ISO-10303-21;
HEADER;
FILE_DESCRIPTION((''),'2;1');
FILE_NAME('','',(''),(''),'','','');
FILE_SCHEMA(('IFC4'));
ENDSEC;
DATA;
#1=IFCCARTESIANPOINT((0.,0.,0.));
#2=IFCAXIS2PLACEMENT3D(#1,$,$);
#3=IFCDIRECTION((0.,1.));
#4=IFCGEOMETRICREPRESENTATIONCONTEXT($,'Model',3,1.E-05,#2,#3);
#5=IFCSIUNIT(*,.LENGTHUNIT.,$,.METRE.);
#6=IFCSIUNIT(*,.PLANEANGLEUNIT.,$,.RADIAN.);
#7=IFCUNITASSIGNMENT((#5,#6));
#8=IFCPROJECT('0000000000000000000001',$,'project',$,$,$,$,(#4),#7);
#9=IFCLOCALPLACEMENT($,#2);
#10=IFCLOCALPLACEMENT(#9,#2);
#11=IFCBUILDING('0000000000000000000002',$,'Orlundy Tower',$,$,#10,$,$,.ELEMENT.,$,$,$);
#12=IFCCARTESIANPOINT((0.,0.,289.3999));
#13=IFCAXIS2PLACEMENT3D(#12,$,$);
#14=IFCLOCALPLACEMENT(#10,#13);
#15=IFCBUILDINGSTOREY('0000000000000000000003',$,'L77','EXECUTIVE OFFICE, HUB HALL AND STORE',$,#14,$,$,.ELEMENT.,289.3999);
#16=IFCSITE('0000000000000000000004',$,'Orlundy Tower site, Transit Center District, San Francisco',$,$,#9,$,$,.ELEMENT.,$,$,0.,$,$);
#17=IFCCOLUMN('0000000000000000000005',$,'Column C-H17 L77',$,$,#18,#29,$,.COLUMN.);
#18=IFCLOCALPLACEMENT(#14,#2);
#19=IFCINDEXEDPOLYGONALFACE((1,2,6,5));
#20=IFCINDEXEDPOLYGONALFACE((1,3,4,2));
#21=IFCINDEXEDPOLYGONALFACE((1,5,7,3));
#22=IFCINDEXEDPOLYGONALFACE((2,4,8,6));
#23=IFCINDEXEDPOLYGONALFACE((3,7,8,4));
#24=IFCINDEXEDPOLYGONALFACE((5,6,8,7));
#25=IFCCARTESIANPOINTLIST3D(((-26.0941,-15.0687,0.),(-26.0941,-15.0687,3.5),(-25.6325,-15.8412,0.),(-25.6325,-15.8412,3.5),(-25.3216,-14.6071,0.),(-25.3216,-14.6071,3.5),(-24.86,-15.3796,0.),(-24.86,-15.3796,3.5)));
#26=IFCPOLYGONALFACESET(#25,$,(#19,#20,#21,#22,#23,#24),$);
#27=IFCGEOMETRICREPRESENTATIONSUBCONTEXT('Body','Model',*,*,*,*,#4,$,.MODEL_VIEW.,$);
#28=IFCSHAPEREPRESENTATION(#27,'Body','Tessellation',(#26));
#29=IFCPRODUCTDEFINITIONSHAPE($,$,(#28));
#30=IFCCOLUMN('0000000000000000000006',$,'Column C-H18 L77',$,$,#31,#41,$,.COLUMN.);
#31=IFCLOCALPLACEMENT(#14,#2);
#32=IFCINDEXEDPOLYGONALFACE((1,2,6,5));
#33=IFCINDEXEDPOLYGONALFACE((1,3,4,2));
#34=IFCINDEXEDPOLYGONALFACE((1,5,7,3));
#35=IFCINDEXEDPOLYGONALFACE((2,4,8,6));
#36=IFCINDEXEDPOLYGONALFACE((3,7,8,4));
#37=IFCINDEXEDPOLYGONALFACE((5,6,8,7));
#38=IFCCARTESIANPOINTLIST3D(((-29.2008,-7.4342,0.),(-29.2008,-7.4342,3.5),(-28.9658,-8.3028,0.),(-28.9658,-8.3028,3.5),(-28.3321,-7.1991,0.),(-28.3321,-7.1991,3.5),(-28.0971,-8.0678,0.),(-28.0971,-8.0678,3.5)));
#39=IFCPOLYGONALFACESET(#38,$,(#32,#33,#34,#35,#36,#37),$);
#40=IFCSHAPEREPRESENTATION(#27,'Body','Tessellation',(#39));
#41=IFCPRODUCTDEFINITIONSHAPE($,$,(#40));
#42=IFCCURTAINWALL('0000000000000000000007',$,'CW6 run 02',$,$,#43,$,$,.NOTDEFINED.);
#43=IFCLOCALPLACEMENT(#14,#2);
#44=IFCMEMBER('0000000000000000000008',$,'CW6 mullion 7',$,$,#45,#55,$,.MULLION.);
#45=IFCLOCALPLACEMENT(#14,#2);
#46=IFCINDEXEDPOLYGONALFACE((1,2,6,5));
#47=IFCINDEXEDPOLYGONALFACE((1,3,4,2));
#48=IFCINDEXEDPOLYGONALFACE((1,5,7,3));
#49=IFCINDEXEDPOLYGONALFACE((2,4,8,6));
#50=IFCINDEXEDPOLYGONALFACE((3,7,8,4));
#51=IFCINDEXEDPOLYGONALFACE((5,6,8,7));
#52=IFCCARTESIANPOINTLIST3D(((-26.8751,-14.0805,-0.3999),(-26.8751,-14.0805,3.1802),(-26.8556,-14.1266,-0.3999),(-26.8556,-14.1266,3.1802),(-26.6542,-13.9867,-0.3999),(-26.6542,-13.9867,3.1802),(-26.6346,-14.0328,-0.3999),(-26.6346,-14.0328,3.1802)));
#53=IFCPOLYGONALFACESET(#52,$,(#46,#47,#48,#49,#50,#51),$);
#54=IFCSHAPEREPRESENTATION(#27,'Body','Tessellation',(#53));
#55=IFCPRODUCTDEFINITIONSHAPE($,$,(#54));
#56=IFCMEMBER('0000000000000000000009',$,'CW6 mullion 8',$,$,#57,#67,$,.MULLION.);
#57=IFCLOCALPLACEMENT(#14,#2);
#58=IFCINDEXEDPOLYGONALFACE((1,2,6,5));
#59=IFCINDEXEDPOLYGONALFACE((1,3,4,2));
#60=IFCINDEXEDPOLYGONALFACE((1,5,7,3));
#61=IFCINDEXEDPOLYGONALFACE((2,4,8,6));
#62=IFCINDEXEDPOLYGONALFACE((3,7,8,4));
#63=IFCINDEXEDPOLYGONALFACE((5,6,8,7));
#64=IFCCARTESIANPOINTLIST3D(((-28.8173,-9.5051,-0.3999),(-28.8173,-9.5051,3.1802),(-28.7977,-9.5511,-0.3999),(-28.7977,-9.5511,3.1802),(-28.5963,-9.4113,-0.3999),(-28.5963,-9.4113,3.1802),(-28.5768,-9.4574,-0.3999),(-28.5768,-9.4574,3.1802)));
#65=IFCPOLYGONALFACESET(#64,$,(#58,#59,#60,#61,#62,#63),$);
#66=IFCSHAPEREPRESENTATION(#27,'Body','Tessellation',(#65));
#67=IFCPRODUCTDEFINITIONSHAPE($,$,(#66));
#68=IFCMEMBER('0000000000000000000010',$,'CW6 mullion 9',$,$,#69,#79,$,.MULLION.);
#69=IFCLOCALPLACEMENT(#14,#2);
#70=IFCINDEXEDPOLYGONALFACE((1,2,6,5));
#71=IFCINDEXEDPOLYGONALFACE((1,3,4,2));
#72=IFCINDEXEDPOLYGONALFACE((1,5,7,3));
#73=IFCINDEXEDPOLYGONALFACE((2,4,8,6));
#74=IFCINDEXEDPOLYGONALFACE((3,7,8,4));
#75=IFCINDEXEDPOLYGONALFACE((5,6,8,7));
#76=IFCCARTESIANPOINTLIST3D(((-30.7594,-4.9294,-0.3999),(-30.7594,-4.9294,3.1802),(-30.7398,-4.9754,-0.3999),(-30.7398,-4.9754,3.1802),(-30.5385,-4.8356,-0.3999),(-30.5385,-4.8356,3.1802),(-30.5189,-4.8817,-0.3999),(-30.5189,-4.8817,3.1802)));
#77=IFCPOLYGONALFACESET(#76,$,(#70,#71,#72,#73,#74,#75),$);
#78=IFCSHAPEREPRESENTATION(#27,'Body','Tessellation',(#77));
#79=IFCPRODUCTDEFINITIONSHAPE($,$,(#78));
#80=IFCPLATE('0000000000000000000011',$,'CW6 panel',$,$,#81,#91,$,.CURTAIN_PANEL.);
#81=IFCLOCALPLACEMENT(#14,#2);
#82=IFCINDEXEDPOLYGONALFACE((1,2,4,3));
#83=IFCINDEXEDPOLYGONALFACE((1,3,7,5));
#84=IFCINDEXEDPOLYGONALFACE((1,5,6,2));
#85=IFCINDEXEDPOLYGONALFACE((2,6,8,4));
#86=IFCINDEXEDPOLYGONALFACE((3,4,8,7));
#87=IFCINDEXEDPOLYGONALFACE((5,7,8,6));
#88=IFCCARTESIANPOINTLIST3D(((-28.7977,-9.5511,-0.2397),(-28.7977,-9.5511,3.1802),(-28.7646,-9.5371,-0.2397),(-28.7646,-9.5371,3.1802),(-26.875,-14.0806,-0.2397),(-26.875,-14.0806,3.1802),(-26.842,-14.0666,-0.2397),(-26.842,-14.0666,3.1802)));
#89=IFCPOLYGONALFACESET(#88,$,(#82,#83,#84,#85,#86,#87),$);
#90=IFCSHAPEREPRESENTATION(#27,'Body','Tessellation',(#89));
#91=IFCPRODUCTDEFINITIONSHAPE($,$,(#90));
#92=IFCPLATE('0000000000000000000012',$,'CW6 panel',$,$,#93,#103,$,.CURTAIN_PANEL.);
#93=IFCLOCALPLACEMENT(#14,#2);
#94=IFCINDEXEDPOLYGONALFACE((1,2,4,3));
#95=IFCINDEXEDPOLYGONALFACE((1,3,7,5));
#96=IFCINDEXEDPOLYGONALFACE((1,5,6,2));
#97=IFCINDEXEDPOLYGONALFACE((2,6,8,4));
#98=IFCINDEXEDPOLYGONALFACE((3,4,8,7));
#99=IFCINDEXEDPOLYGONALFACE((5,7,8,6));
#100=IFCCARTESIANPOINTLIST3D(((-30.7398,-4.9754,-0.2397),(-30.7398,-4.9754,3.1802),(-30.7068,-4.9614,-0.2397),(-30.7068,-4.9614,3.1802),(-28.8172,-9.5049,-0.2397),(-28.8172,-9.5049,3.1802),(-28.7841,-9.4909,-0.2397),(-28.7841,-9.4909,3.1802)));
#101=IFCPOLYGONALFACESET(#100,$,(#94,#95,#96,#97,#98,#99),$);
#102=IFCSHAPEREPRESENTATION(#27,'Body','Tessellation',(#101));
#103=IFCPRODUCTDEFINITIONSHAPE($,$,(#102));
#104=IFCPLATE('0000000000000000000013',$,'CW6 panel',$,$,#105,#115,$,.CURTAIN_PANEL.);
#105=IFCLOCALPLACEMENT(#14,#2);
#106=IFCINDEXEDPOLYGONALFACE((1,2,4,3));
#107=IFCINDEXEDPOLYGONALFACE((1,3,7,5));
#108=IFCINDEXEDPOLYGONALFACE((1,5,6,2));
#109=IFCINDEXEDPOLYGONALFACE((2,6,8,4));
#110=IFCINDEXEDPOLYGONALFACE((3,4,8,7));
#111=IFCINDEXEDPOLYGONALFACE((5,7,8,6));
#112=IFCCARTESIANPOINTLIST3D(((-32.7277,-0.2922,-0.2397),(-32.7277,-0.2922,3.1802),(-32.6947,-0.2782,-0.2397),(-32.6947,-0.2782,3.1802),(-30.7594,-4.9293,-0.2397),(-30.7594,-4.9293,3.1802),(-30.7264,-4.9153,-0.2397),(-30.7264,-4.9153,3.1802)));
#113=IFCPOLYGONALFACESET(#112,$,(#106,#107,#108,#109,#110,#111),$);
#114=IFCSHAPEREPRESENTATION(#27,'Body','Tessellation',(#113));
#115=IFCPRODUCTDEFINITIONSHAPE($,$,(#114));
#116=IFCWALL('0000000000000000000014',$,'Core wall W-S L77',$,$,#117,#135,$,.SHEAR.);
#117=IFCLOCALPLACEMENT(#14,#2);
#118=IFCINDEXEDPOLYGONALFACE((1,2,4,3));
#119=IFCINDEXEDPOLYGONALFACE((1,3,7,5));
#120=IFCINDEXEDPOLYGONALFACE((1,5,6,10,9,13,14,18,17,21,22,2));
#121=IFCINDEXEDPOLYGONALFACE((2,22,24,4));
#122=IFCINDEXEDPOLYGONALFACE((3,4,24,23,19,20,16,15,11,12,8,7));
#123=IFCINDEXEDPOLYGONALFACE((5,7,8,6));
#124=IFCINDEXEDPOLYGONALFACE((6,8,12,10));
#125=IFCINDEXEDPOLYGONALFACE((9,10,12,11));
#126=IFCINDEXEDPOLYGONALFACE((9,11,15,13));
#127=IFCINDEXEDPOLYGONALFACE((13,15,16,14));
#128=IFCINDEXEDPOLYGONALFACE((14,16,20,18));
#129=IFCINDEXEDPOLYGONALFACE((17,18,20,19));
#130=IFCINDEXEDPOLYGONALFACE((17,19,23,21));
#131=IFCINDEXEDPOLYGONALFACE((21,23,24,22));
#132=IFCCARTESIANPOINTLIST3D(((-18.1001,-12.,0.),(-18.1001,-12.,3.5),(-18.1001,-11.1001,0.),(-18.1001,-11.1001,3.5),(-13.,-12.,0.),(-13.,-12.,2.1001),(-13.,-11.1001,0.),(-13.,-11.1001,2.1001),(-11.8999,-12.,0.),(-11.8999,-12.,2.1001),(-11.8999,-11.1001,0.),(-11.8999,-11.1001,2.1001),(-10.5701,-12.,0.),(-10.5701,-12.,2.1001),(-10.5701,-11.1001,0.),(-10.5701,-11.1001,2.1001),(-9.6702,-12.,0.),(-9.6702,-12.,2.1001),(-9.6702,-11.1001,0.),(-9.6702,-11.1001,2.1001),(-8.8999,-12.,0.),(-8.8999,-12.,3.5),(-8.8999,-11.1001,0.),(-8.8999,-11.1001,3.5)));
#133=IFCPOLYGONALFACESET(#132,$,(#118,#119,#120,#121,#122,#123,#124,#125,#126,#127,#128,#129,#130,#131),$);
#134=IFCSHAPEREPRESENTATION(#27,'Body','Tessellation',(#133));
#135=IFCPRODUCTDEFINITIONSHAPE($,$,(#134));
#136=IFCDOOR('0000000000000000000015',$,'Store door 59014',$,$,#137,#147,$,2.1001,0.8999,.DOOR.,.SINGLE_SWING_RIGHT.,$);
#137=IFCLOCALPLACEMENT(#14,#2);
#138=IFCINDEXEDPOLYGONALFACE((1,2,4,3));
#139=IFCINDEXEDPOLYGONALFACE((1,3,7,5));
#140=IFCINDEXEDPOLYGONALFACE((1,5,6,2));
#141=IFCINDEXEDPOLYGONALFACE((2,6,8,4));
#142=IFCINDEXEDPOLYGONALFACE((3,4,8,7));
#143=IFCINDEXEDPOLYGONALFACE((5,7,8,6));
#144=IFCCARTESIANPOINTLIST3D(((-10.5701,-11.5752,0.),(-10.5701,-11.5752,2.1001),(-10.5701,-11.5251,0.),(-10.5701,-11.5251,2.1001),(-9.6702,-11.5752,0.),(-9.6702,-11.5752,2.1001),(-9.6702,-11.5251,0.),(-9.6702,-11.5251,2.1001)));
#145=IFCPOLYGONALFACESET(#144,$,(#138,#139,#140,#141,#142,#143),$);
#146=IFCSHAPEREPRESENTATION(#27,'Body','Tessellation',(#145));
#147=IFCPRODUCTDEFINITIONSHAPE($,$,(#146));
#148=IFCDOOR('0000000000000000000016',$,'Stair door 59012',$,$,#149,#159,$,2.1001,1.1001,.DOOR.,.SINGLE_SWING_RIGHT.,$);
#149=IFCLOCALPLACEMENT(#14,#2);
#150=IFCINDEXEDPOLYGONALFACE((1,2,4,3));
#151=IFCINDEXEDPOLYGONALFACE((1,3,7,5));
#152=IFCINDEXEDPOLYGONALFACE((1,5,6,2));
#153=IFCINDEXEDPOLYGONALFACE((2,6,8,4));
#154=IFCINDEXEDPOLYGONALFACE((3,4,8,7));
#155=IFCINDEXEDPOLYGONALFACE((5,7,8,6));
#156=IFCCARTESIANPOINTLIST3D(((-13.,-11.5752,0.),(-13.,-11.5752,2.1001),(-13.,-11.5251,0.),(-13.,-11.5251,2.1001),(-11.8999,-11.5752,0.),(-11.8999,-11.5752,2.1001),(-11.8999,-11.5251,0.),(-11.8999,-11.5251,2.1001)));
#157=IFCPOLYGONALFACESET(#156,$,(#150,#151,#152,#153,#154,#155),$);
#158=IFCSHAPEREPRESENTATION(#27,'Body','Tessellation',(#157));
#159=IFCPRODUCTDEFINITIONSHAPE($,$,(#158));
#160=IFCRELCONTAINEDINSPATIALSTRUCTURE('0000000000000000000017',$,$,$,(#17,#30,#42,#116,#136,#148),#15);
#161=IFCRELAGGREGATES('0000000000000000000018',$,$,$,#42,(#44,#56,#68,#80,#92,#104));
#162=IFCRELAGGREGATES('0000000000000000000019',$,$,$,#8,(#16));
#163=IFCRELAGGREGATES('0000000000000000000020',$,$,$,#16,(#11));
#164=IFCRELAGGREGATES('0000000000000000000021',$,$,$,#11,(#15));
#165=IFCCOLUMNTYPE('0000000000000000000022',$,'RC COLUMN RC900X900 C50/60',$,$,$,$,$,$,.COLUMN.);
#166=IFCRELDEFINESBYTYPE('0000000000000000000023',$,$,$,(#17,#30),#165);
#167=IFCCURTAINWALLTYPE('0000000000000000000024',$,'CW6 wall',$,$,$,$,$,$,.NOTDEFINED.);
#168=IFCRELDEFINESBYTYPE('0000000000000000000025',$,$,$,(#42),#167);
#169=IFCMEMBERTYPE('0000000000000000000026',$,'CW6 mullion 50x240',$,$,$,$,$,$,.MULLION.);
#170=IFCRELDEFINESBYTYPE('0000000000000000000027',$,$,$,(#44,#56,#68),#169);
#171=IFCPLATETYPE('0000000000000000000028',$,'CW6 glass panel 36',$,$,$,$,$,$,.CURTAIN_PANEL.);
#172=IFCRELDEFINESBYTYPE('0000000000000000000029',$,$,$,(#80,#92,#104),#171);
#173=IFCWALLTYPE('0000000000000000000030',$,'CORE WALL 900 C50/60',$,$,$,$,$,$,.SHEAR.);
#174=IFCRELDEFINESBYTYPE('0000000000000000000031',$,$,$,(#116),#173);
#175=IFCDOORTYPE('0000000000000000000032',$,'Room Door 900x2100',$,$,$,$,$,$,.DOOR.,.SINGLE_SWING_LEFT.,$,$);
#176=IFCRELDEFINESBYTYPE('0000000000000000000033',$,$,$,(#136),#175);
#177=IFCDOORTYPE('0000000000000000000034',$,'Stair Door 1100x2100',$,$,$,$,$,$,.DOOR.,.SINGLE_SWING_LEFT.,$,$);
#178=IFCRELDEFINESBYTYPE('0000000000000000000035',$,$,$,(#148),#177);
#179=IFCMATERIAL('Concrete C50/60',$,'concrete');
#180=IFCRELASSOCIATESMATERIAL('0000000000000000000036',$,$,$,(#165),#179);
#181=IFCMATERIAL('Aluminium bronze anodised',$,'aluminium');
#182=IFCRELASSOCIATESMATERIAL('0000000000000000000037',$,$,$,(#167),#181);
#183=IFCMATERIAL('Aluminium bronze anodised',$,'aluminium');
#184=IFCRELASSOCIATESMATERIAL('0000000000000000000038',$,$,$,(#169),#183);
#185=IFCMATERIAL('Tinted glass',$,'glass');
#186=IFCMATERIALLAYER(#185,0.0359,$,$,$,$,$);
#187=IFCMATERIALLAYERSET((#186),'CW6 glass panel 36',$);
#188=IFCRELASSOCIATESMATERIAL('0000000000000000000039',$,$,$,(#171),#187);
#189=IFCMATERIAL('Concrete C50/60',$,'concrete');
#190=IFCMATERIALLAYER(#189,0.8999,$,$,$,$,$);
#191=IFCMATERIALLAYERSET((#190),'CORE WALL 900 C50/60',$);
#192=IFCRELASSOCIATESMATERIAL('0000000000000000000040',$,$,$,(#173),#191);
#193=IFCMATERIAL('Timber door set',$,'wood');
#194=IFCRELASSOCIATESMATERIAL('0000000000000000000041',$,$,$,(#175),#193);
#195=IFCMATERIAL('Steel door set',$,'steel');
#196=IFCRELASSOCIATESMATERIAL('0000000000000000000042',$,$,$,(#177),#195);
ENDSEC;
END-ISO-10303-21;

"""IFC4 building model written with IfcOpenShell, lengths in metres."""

from ifc_helpers import new_model, si_unit, direction, frame, frame_2d, origin, origin_2d, place, context, subcontext, project, spatial, rectangle, extrude, material, layer, layer_set, material_profile, profile_set, type_object, element, fill, aggregate, save


model = new_model("IFC4")

# Units and contexts
model_context = context("Model", 3, precision=1e-05, world=origin(), true_north=direction((0.0, 1.0)))
body_context = subcontext(model_context, "Body", "Model", "MODEL_VIEW")
ifc_project = project(units=[si_unit("LENGTHUNIT", "METRE"), si_unit("PLANEANGLEUNIT", "RADIAN")], contexts=[model_context])

# Site, building, storey
site_placement = place(None, origin())
site = spatial("IfcSite", under=ifc_project, at=site_placement, Name="Orlundy Tower site, Transit Center District, San Francisco", CompositionType="ELEMENT", RefElevation=0.0)
building_placement = place(site_placement, origin())
building = spatial("IfcBuilding", under=site, at=building_placement, Name="Orlundy Tower", CompositionType="ELEMENT")
storey_placement = place(building_placement, frame((0.0, 0.0, 289.3999)))
storey = spatial("IfcBuildingStorey", under=building, at=storey_placement, Name="L77", Description="EXECUTIVE OFFICE, HUB HALL AND STORE", CompositionType="ELEMENT", Elevation=289.3999)

# Columns
ifc_material_1 = material(Name="Concrete C50/60", Category="concrete")
ifc_material_profile_1 = material_profile(ifc_material_1, rectangle(XDim=0.8999, YDim=0.8999, at=origin_2d()), Name="RC900X900")
ifc_profile_set_1 = profile_set([ifc_material_profile_1], Name="Concrete C50/60")
column_type = type_object("IfcColumnType", Name="RC COLUMN RC900X900 C50/60", PredefinedType="COLUMN", material=ifc_profile_set_1)
for number, where, z_axis, x_axis, name in (
    (1, (-25.4771, -15.2241, 0.0), (0.0, 0.0, 1.0), (-0.858414, -0.512957, 0.0), "Column C-H17 L77"),
    (2, (-28.6489, -7.751, 0.0), (0.0, 0.0, 1.0), (-0.965295, -0.261162, 0.0), "Column C-H18 L77"),
):
    element("IfcColumn", number, at=place(storey_placement, frame(where, z_axis=z_axis, x_axis=x_axis)), inside=storey, type_object=column_type, Name=name, PredefinedType="COLUMN", context=body_context, shape_type="SweptSolid", body=[
        extrude(rectangle(XDim=0.8999, YDim=0.8999, at=origin_2d()), origin(), (0.0, 0.0, 1.0), 3.5),
    ])

# Curtain wall, members, plates
ifc_material_2 = material(Name="Aluminium bronze anodised", Category="aluminium")
curtain_wall_type = type_object("IfcCurtainWallType", Name="CW6 wall", PredefinedType="NOTDEFINED", material=ifc_material_2)
curtain_wall_placement = place(storey_placement, origin())
curtain_wall = element("IfcCurtainWall", 3, at=curtain_wall_placement, inside=storey, type_object=curtain_wall_type, Name="CW6 run 02", PredefinedType="NOTDEFINED")
ifc_material_3 = material(Name="Aluminium bronze anodised", Category="aluminium")
ifc_material_profile_2 = material_profile(ifc_material_3, rectangle(XDim=0.24, YDim=0.05, at=origin_2d()), Name="CW6 mullion 50x240")
ifc_profile_set_2 = profile_set([ifc_material_profile_2], Name="Aluminium bronze anodised")
member_type = type_object("IfcMemberType", Name="CW6 mullion 50x240", PredefinedType="MULLION", material=ifc_profile_set_2)
member_1_placement = place(storey_placement, frame((-26.7549, -14.0566, -0.3999), z_axis=(0.0, 0.0, 1.0), x_axis=(-0.920507, -0.390727, 0.0)))
member_1 = element("IfcMember", 4, at=member_1_placement, type_object=member_type, Name="CW6 mullion 7", PredefinedType="MULLION", context=body_context, shape_type="SweptSolid", body=[
    extrude(rectangle(XDim=0.24, YDim=0.05, at=origin_2d()), origin(), (0.0, 0.0, 1.0), 3.5801),
])
member_2_placement = place(storey_placement, frame((-28.697, -9.4812, -0.3999), z_axis=(0.0, 0.0, 1.0), x_axis=(-0.920507, -0.390727, 0.0)))
member_2 = element("IfcMember", 5, at=member_2_placement, type_object=member_type, Name="CW6 mullion 8", PredefinedType="MULLION", context=body_context, shape_type="SweptSolid", body=[
    extrude(rectangle(XDim=0.24, YDim=0.05, at=origin_2d()), origin(), (0.0, 0.0, 1.0), 3.5801),
])
member_3_placement = place(storey_placement, frame((-30.6392, -4.9055, -0.3999), z_axis=(0.0, 0.0, 1.0), x_axis=(-0.920507, -0.390727, 0.0)))
member_3 = element("IfcMember", 6, at=member_3_placement, type_object=member_type, Name="CW6 mullion 9", PredefinedType="MULLION", context=body_context, shape_type="SweptSolid", body=[
    extrude(rectangle(XDim=0.24, YDim=0.05, at=origin_2d()), origin(), (0.0, 0.0, 1.0), 3.5801),
])
ifc_material_4 = material(Name="Tinted glass", Category="glass")
ifc_layer_1 = layer(ifc_material_4, 0.0359)
ifc_layer_set_1 = layer_set([ifc_layer_1], Name="CW6 glass panel 36")
plate_type = type_object("IfcPlateType", Name="CW6 glass panel 36", PredefinedType="CURTAIN_PANEL", material=ifc_layer_set_1)
plate_1_placement = place(storey_placement, frame((-27.8198, -11.8088, -0.2397), z_axis=(0.0, 0.0, 1.0), x_axis=(-0.390727, 0.920507, 0.0)))
plate_1 = element("IfcPlate", 7, at=plate_1_placement, type_object=plate_type, Name="CW6 panel", PredefinedType="CURTAIN_PANEL", context=body_context, shape_type="SweptSolid", body=[
    extrude(rectangle(XDim=4.9207, YDim=0.0359, at=origin_2d()), origin(), (0.0, 0.0, 1.0), 3.4199),
])
plate_2_placement = place(storey_placement, frame((-29.762, -7.2332, -0.2397), z_axis=(0.0, 0.0, 1.0), x_axis=(-0.390727, 0.920507, 0.0)))
plate_2 = element("IfcPlate", 8, at=plate_2_placement, type_object=plate_type, Name="CW6 panel", PredefinedType="CURTAIN_PANEL", context=body_context, shape_type="SweptSolid", body=[
    extrude(rectangle(XDim=4.9207, YDim=0.0359, at=origin_2d()), origin(), (0.0, 0.0, 1.0), 3.4199),
])
plate_3_placement = place(storey_placement, frame((-31.7271, -2.6038, -0.2397), z_axis=(0.0, 0.0, 1.0), x_axis=(-0.390727, 0.920507, 0.0)))
plate_3 = element("IfcPlate", 9, at=plate_3_placement, type_object=plate_type, Name="CW6 panel", PredefinedType="CURTAIN_PANEL", context=body_context, shape_type="SweptSolid", body=[
    extrude(rectangle(XDim=5.0376, YDim=0.0359, at=origin_2d()), origin(), (0.0, 0.0, 1.0), 3.4199),
])
aggregate(curtain_wall, [member_1, member_2, member_3, plate_1, plate_2, plate_3])

# Wall, openings, doors
ifc_material_5 = material(Name="Concrete C50/60", Category="concrete")
ifc_layer_2 = layer(ifc_material_5, 0.8999)
ifc_layer_set_2 = layer_set([ifc_layer_2], Name="CORE WALL 900 C50/60")
wall_type_1 = type_object("IfcWallType", Name="CORE WALL 900 C50/60", PredefinedType="SHEAR", material=ifc_layer_set_2)
wall_1_placement = place(storey_placement, frame((-18.1001, -11.55, 0.0), z_axis=(0.0, 0.0, 1.0), x_axis=(1.0, 0.0, 0.0)))
wall_1 = element("IfcWall", 10, at=wall_1_placement, inside=storey, type_object=wall_type_1, Name="Core wall W-S L77", PredefinedType="SHEAR", context=body_context, shape_type="SweptSolid", body=[
    extrude(rectangle(XDim=9.2002, YDim=0.8999, at=frame_2d((4.6001, 0.0))), origin(), (0.0, 0.0, 1.0), 3.5),
])
opening_1_placement = place(wall_1_placement, frame((5.1001, 0.0, 0.0)))
opening_1 = element("IfcOpeningElement", 11, at=opening_1_placement, cuts=wall_1, PredefinedType="OPENING", context=body_context, shape_type="SweptSolid", body=[
    extrude(rectangle(XDim=1.1001, YDim=2.1001, at=frame_2d((0.55, 1.05))), frame((0.0, 0.46, 0.0), z_axis=(0.0, -1.0, 0.0), x_axis=(1.0, 0.0, 0.0)), (0.0, 0.0, 1.0), 0.9199),
])
opening_2_placement = place(wall_1_placement, frame((7.53, 0.0, 0.0)))
opening_2 = element("IfcOpeningElement", 12, at=opening_2_placement, cuts=wall_1, PredefinedType="OPENING", context=body_context, shape_type="SweptSolid", body=[
    extrude(rectangle(XDim=0.8999, YDim=2.1001, at=frame_2d((0.45, 1.05))), frame((0.0, 0.46, 0.0), z_axis=(0.0, -1.0, 0.0), x_axis=(1.0, 0.0, 0.0)), (0.0, 0.0, 1.0), 0.9199),
])
ifc_material_6 = material(Name="Timber door set", Category="wood")
door_type_1 = type_object("IfcDoorType", Name="Room Door 900x2100", OperationType="SINGLE_SWING_LEFT", PredefinedType="DOOR", material=ifc_material_6)
door_1_placement = place(opening_2_placement, origin())
door_1 = element("IfcDoor", 13, at=door_1_placement, inside=storey, type_object=door_type_1, Name="Store door 59014", OperationType="SINGLE_SWING_RIGHT", OverallHeight=2.1001, OverallWidth=0.8999, PredefinedType="DOOR", context=body_context, shape_type="SweptSolid", body=[
    extrude(rectangle(XDim=0.8999, YDim=2.1001, at=frame_2d((0.45, 1.05))), frame((0.0, 0.0249, 0.0), z_axis=(0.0, -1.0, 0.0), x_axis=(1.0, 0.0, 0.0)), (0.0, 0.0, 1.0), 0.05),
])
fill(opening_2, door_1)
ifc_material_7 = material(Name="Steel door set", Category="steel")
door_type_2 = type_object("IfcDoorType", Name="Stair Door 1100x2100", OperationType="SINGLE_SWING_LEFT", PredefinedType="DOOR", material=ifc_material_7)
door_2_placement = place(opening_1_placement, origin())
door_2 = element("IfcDoor", 14, at=door_2_placement, inside=storey, type_object=door_type_2, Name="Stair door 59012", OperationType="SINGLE_SWING_RIGHT", OverallHeight=2.1001, OverallWidth=1.1001, PredefinedType="DOOR", context=body_context, shape_type="SweptSolid", body=[
    extrude(rectangle(XDim=1.1001, YDim=2.1001, at=frame_2d((0.55, 1.05))), frame((0.0, 0.0249, 0.0), z_axis=(0.0, -1.0, 0.0), x_axis=(1.0, 0.0, 0.0)), (0.0, 0.0, 1.0), 0.05),
])
fill(opening_1, door_2)

save(model, "model.ifc")
